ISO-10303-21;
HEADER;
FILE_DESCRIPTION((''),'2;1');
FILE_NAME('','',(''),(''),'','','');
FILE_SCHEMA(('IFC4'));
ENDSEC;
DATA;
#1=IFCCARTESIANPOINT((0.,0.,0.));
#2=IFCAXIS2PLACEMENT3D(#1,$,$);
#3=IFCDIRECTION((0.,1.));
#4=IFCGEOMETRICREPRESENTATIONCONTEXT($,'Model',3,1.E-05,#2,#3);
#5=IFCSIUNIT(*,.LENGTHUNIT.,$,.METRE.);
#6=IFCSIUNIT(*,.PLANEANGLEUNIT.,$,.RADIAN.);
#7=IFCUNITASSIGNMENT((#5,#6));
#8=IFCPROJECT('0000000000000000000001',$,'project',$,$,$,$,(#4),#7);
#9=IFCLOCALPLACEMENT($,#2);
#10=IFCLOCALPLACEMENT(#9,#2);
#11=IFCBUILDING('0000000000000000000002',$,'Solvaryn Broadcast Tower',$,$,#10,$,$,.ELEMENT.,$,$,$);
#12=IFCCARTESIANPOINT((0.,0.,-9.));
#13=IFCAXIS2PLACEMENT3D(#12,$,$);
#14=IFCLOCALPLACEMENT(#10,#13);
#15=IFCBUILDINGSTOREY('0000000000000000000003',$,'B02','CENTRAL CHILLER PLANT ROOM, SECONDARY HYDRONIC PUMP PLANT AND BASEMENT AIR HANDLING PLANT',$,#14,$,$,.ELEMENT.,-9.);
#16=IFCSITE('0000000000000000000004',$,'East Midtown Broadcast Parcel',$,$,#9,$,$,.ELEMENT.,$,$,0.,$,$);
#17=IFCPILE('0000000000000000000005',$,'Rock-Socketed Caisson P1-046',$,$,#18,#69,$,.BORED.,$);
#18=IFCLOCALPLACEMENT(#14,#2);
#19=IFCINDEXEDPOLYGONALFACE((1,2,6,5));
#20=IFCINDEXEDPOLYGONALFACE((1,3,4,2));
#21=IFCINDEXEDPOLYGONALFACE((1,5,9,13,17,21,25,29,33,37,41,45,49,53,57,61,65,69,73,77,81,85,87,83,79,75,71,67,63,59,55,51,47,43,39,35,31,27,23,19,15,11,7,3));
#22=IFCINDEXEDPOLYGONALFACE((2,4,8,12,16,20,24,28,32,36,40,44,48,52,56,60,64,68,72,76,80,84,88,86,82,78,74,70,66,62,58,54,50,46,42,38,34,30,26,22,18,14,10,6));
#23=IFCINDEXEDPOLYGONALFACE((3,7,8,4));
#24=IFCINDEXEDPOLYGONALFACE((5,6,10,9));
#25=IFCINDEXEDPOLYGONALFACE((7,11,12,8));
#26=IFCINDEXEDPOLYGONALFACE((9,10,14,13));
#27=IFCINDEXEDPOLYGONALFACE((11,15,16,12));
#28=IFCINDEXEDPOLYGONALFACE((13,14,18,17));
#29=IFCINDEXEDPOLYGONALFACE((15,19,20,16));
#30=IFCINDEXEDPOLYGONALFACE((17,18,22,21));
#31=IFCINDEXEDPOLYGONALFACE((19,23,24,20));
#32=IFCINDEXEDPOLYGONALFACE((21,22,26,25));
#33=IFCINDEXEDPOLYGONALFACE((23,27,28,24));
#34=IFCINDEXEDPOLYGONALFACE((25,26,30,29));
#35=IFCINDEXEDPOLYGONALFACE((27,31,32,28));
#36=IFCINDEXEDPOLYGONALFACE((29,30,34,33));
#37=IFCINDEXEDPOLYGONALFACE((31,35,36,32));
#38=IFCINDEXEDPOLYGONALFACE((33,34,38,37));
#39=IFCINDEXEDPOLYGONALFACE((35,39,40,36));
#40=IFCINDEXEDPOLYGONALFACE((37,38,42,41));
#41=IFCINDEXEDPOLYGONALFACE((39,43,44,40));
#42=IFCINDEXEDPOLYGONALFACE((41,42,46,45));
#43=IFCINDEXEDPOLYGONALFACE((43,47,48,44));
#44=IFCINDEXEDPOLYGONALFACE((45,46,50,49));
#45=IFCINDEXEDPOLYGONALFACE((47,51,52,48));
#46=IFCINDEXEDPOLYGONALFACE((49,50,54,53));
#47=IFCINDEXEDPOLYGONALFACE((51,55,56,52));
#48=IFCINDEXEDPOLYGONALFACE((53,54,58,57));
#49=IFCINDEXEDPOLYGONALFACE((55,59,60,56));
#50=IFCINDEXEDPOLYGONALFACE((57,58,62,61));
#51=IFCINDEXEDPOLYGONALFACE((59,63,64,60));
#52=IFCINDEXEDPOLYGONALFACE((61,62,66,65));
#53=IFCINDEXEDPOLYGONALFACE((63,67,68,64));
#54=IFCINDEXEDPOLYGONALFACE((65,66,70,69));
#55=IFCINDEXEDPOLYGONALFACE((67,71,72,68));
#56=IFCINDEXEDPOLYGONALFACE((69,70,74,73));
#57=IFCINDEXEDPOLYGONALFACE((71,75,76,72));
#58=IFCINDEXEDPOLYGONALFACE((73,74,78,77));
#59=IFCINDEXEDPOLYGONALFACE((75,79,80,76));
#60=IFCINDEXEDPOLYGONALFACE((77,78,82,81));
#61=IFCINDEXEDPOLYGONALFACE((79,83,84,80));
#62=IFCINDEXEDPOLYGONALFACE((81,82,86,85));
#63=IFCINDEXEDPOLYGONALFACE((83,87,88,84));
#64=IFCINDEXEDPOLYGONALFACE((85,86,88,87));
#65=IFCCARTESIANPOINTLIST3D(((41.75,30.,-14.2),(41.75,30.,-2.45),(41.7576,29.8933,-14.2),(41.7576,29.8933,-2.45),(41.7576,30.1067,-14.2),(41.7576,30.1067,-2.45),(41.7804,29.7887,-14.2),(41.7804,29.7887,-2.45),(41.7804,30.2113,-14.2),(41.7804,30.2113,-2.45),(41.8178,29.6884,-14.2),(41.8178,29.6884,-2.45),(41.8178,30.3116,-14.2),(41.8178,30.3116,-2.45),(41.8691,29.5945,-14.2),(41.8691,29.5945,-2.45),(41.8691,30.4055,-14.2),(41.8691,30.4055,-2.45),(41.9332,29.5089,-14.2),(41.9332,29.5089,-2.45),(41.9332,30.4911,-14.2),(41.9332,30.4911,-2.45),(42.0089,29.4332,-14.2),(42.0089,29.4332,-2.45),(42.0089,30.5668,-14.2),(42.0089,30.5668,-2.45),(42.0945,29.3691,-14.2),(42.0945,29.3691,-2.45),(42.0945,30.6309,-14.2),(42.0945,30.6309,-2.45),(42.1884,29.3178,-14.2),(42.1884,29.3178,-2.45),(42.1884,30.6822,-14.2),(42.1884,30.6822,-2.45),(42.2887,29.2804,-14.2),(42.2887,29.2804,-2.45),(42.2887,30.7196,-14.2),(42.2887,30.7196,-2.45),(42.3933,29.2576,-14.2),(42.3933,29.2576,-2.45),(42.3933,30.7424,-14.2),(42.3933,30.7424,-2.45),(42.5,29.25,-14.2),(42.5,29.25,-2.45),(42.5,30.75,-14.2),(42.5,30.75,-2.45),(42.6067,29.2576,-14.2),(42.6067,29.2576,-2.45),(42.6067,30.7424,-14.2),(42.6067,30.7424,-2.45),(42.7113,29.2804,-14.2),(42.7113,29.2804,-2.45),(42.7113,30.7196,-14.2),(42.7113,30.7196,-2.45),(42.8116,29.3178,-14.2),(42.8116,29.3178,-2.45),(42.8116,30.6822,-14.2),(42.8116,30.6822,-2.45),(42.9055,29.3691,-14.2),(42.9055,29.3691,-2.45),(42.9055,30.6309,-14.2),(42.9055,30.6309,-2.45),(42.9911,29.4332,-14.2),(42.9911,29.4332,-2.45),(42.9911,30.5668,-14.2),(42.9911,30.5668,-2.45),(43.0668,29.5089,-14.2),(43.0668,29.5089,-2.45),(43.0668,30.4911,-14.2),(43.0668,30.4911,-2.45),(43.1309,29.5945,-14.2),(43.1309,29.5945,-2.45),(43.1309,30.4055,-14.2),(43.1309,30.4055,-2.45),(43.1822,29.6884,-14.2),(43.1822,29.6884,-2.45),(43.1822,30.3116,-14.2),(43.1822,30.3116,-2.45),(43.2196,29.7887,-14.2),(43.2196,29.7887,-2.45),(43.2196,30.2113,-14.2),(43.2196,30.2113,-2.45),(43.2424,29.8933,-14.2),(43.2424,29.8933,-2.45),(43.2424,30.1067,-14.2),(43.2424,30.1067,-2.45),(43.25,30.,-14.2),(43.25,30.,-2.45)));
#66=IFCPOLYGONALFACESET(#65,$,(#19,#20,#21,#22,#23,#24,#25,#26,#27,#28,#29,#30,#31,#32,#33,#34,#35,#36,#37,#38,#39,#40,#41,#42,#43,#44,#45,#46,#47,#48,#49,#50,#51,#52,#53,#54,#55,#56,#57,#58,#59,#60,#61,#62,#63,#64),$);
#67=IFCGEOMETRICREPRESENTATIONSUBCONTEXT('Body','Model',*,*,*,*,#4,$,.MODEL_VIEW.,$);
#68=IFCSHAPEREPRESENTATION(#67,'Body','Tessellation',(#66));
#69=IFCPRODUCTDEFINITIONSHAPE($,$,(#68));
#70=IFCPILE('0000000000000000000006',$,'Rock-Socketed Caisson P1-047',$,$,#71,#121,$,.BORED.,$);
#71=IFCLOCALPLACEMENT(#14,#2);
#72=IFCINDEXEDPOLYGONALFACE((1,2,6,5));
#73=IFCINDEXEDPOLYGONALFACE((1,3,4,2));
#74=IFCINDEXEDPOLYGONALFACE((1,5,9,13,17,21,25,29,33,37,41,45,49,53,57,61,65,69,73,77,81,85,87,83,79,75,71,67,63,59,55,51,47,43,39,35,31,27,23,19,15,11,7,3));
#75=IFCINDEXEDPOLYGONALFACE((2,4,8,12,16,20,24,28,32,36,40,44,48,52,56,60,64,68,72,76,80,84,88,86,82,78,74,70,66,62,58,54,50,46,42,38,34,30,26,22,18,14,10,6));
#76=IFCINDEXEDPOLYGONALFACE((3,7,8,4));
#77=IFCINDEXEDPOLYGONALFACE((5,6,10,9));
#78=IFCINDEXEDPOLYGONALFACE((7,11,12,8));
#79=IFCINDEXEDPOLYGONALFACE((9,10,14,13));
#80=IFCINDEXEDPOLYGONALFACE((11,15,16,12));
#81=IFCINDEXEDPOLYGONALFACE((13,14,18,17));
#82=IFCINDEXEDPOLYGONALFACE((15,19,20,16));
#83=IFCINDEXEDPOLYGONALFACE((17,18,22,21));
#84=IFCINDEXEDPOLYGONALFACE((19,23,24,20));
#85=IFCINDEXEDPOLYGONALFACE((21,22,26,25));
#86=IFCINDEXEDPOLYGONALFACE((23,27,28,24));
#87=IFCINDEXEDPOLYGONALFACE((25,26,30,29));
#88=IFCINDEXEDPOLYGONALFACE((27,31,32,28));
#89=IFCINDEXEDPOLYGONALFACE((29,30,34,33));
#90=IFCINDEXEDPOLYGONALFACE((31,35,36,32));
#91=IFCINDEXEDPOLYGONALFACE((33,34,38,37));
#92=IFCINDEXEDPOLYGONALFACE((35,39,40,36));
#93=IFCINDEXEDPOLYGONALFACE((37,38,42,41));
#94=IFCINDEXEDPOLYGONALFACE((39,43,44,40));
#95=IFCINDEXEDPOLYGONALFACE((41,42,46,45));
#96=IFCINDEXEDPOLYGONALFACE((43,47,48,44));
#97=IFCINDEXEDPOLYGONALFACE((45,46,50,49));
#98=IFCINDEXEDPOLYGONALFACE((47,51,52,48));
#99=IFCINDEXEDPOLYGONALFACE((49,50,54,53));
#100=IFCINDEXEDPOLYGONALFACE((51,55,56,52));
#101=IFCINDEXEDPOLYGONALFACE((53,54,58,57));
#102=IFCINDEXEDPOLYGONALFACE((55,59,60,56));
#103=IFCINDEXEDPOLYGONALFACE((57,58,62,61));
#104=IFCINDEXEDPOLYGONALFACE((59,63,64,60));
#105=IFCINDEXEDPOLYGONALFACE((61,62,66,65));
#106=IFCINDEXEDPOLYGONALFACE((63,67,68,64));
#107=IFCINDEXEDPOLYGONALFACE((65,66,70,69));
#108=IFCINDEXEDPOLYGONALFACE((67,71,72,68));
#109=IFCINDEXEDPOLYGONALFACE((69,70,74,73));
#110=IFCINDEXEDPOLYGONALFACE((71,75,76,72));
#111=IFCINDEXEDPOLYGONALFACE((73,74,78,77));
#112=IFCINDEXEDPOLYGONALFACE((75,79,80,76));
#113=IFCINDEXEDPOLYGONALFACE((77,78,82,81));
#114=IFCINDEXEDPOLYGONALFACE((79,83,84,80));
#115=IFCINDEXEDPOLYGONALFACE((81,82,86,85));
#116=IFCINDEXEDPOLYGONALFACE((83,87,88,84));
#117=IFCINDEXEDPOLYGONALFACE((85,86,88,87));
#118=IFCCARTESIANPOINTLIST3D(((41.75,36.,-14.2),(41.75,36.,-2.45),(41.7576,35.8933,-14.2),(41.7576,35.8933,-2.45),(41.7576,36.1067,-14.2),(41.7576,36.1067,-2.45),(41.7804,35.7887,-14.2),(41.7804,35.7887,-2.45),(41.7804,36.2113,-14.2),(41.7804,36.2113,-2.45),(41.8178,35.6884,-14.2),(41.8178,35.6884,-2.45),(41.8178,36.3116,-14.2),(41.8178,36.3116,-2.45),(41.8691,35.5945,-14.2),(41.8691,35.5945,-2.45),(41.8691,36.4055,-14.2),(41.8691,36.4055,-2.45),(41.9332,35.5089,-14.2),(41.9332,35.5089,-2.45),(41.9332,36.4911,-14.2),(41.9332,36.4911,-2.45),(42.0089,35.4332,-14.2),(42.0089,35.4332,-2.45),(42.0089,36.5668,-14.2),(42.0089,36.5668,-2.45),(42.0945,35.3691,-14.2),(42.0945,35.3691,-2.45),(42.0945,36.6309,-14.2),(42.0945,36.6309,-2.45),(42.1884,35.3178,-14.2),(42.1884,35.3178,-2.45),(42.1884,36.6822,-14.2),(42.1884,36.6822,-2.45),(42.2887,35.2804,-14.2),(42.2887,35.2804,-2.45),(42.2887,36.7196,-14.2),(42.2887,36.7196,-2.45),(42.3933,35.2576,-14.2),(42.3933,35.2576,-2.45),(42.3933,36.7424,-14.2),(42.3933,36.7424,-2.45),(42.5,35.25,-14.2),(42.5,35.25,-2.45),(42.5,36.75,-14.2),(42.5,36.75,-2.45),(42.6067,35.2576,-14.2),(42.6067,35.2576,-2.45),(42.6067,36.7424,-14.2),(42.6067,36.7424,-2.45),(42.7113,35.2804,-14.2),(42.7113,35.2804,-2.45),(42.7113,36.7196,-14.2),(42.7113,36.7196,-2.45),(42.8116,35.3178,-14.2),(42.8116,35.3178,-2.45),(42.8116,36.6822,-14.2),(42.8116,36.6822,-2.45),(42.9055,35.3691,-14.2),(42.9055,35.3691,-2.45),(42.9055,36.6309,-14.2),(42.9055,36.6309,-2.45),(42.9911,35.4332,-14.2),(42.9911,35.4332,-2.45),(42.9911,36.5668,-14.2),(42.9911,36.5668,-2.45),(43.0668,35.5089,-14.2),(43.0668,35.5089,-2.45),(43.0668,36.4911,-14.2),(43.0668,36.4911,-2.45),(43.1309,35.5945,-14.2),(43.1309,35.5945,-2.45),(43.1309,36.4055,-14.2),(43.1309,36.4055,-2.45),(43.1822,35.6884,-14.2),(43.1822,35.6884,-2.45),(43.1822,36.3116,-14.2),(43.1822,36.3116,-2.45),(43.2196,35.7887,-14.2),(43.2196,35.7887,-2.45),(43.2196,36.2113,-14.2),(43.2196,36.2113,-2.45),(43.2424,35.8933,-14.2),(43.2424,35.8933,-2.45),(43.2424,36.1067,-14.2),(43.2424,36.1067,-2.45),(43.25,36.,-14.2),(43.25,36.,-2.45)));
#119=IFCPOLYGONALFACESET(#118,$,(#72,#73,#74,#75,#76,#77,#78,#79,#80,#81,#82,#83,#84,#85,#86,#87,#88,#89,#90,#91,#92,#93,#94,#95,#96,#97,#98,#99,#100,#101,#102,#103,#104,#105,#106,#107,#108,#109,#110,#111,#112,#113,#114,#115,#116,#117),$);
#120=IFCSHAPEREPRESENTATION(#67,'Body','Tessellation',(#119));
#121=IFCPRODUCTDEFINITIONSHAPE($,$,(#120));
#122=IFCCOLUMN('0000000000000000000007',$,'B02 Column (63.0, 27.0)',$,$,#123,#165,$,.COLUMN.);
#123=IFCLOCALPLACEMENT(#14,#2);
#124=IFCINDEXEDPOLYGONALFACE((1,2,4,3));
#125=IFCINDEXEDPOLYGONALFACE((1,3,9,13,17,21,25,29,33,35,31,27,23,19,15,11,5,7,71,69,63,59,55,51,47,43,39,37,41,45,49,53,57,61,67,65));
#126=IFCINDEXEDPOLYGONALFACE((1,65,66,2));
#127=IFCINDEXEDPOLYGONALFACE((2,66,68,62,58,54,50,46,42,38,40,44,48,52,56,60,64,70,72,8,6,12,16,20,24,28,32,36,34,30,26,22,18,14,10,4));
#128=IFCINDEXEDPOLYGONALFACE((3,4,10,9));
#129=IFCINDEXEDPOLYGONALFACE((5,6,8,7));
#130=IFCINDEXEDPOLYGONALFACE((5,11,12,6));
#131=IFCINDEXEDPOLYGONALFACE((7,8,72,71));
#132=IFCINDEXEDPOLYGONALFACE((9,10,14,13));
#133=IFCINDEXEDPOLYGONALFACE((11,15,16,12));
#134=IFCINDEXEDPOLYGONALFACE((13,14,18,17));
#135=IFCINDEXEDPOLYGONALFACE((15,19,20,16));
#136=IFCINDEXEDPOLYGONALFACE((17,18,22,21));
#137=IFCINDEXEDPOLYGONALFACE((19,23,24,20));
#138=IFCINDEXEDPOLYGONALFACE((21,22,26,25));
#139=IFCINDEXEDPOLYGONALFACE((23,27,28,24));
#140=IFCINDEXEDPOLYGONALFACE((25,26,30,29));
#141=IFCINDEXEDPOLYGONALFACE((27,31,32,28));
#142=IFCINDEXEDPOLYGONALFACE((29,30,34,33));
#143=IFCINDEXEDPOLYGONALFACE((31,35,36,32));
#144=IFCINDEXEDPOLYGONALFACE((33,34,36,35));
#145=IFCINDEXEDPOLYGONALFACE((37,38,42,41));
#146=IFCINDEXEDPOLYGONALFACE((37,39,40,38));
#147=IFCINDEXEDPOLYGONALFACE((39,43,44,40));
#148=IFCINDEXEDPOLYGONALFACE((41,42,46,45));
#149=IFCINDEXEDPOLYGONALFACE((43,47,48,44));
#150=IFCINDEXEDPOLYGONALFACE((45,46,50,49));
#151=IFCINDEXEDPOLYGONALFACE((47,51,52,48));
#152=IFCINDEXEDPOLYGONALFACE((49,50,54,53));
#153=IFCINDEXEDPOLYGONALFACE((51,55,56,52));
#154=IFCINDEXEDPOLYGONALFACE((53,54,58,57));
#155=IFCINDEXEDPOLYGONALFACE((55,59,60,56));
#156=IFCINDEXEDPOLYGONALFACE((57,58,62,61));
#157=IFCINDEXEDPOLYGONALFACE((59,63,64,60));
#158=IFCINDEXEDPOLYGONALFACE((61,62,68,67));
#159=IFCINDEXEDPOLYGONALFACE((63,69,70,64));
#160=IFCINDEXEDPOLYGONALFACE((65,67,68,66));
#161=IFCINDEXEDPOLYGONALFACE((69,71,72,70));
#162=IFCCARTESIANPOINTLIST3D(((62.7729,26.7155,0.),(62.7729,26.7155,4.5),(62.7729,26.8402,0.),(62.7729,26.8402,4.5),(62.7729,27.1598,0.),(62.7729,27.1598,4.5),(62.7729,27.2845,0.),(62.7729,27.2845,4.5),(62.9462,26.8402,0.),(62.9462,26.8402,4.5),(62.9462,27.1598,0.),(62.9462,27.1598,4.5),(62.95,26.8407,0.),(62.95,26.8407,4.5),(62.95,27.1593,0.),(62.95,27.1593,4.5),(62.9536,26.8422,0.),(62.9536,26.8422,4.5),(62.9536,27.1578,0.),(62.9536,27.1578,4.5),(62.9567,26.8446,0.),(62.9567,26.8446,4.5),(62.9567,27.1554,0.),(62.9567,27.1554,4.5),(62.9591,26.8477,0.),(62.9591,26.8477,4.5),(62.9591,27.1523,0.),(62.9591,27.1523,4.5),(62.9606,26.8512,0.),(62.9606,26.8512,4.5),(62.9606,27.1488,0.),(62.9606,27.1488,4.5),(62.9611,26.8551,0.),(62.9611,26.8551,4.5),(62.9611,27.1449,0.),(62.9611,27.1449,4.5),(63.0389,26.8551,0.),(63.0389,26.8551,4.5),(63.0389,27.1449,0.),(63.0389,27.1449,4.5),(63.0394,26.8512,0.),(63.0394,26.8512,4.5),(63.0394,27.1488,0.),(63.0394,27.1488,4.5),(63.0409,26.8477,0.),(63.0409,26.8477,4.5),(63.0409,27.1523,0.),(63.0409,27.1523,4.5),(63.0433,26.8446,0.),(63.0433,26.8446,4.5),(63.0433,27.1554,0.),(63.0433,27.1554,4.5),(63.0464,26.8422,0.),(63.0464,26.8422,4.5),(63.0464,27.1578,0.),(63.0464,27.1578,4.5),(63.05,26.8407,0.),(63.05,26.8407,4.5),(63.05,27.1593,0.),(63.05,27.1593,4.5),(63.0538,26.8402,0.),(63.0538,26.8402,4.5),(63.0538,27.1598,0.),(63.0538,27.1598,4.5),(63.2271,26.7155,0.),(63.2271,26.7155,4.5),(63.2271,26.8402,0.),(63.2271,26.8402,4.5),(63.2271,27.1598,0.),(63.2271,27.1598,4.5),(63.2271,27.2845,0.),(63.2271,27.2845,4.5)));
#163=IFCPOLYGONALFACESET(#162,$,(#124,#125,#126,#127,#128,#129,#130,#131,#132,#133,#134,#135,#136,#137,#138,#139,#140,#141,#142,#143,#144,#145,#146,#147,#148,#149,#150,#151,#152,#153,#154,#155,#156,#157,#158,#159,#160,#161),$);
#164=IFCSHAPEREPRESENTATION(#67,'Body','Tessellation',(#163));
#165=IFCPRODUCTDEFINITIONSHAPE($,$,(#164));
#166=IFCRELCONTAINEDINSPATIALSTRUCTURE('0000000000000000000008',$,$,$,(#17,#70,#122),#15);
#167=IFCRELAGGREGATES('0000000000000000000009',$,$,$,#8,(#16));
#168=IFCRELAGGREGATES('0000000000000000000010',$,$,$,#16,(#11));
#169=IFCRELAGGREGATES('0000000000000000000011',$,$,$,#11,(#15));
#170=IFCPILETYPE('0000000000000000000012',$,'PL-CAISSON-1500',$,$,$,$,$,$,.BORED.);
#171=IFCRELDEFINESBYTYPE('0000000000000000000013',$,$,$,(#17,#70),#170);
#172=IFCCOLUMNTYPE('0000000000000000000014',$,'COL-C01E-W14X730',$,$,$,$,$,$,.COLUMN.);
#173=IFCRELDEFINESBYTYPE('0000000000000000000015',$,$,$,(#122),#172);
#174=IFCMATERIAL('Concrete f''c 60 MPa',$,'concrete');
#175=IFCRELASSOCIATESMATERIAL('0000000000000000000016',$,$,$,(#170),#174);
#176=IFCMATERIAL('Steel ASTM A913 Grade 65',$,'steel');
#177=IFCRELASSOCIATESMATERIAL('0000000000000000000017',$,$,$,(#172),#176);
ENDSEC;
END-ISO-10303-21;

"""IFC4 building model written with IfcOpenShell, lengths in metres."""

from ifc_helpers import new_model, si_unit, direction, frame, origin, origin_2d, place, context, subcontext, project, spatial, circle, i_section, extrude, material, material_profile, profile_set, type_object, element, save


model = new_model("IFC4")

# Units and contexts
model_context = context("Model", 3, precision=1e-05, world=origin(), true_north=direction((0.0, 1.0)))
body_context = subcontext(model_context, "Body", "Model", "MODEL_VIEW")
ifc_project = project(units=[si_unit("LENGTHUNIT", "METRE"), si_unit("PLANEANGLEUNIT", "RADIAN")], contexts=[model_context])

# Site, building, storey
site_placement = place(None, origin())
site = spatial("IfcSite", under=ifc_project, at=site_placement, Name="East Midtown Broadcast Parcel", CompositionType="ELEMENT", RefElevation=0.0)
building_placement = place(site_placement, origin())
building = spatial("IfcBuilding", under=site, at=building_placement, Name="Solvaryn Broadcast Tower", CompositionType="ELEMENT")
storey_placement = place(building_placement, frame((0.0, 0.0, -9.0)))
storey = spatial("IfcBuildingStorey", under=building, at=storey_placement, Name="B02", Description="CENTRAL CHILLER PLANT ROOM, SECONDARY HYDRONIC PUMP PLANT AND BASEMENT AIR HANDLING PLANT", CompositionType="ELEMENT", Elevation=-9.0)

# Piles
ifc_material_1 = material(Name="Concrete f'c 60 MPa", Category="concrete")
ifc_material_profile_1 = material_profile(ifc_material_1, circle(Radius=0.75, at=origin_2d()))
ifc_profile_set_1 = profile_set([ifc_material_profile_1], Name="Concrete f'c 60 MPa")
pile_type_1 = type_object("IfcPileType", Name="PL-CAISSON-1500", PredefinedType="BORED", material=ifc_profile_set_1)
for number, where, z_axis, x_axis, name in (
    (1, (42.5, 30.0, -2.45), (0.0, 0.0, -1.0), (1.0, 0.0, 0.0), "Rock-Socketed Caisson P1-046"),
    (2, (42.5, 36.0, -2.45), (0.0, 0.0, -1.0), (1.0, 0.0, 0.0), "Rock-Socketed Caisson P1-047"),
):
    element("IfcPile", number, at=place(storey_placement, frame(where, z_axis=z_axis, x_axis=x_axis)), inside=storey, type_object=pile_type_1, Name=name, PredefinedType="BORED", context=body_context, shape_type="SweptSolid", body=[
        extrude(circle(Radius=0.75, at=origin_2d()), origin(), (0.0, 0.0, 1.0), 11.75),
    ])

# Column
ifc_material_2 = material(Name="Steel ASTM A913 Grade 65", Category="steel")
ifc_material_profile_2 = material_profile(ifc_material_2, i_section(OverallWidth=0.4541, OverallDepth=0.5691, WebThickness=0.0779, FlangeThickness=0.1248, FilletRadius=0.0149, at=origin_2d()))
ifc_profile_set_2 = profile_set([ifc_material_profile_2], Name="Steel ASTM A913 Grade 65")
column_type_1 = type_object("IfcColumnType", Name="COL-C01E-W14X730", PredefinedType="COLUMN", material=ifc_profile_set_2)
column_placement = place(storey_placement, frame((63.0, 27.0, 0.0), z_axis=(0.0, 0.0, 1.0), x_axis=(1.0, 0.0, 0.0)))
element("IfcColumn", 3, at=column_placement, inside=storey, type_object=column_type_1, Name="B02 Column (63.0, 27.0)", PredefinedType="COLUMN", context=body_context, shape_type="SweptSolid", body=[
    extrude(i_section(OverallWidth=0.4541, OverallDepth=0.5691, WebThickness=0.0779, FlangeThickness=0.1248, FilletRadius=0.0149, at=origin_2d()), origin(), (0.0, 0.0, 1.0), 4.5),
])

save(model, "model.ifc")
